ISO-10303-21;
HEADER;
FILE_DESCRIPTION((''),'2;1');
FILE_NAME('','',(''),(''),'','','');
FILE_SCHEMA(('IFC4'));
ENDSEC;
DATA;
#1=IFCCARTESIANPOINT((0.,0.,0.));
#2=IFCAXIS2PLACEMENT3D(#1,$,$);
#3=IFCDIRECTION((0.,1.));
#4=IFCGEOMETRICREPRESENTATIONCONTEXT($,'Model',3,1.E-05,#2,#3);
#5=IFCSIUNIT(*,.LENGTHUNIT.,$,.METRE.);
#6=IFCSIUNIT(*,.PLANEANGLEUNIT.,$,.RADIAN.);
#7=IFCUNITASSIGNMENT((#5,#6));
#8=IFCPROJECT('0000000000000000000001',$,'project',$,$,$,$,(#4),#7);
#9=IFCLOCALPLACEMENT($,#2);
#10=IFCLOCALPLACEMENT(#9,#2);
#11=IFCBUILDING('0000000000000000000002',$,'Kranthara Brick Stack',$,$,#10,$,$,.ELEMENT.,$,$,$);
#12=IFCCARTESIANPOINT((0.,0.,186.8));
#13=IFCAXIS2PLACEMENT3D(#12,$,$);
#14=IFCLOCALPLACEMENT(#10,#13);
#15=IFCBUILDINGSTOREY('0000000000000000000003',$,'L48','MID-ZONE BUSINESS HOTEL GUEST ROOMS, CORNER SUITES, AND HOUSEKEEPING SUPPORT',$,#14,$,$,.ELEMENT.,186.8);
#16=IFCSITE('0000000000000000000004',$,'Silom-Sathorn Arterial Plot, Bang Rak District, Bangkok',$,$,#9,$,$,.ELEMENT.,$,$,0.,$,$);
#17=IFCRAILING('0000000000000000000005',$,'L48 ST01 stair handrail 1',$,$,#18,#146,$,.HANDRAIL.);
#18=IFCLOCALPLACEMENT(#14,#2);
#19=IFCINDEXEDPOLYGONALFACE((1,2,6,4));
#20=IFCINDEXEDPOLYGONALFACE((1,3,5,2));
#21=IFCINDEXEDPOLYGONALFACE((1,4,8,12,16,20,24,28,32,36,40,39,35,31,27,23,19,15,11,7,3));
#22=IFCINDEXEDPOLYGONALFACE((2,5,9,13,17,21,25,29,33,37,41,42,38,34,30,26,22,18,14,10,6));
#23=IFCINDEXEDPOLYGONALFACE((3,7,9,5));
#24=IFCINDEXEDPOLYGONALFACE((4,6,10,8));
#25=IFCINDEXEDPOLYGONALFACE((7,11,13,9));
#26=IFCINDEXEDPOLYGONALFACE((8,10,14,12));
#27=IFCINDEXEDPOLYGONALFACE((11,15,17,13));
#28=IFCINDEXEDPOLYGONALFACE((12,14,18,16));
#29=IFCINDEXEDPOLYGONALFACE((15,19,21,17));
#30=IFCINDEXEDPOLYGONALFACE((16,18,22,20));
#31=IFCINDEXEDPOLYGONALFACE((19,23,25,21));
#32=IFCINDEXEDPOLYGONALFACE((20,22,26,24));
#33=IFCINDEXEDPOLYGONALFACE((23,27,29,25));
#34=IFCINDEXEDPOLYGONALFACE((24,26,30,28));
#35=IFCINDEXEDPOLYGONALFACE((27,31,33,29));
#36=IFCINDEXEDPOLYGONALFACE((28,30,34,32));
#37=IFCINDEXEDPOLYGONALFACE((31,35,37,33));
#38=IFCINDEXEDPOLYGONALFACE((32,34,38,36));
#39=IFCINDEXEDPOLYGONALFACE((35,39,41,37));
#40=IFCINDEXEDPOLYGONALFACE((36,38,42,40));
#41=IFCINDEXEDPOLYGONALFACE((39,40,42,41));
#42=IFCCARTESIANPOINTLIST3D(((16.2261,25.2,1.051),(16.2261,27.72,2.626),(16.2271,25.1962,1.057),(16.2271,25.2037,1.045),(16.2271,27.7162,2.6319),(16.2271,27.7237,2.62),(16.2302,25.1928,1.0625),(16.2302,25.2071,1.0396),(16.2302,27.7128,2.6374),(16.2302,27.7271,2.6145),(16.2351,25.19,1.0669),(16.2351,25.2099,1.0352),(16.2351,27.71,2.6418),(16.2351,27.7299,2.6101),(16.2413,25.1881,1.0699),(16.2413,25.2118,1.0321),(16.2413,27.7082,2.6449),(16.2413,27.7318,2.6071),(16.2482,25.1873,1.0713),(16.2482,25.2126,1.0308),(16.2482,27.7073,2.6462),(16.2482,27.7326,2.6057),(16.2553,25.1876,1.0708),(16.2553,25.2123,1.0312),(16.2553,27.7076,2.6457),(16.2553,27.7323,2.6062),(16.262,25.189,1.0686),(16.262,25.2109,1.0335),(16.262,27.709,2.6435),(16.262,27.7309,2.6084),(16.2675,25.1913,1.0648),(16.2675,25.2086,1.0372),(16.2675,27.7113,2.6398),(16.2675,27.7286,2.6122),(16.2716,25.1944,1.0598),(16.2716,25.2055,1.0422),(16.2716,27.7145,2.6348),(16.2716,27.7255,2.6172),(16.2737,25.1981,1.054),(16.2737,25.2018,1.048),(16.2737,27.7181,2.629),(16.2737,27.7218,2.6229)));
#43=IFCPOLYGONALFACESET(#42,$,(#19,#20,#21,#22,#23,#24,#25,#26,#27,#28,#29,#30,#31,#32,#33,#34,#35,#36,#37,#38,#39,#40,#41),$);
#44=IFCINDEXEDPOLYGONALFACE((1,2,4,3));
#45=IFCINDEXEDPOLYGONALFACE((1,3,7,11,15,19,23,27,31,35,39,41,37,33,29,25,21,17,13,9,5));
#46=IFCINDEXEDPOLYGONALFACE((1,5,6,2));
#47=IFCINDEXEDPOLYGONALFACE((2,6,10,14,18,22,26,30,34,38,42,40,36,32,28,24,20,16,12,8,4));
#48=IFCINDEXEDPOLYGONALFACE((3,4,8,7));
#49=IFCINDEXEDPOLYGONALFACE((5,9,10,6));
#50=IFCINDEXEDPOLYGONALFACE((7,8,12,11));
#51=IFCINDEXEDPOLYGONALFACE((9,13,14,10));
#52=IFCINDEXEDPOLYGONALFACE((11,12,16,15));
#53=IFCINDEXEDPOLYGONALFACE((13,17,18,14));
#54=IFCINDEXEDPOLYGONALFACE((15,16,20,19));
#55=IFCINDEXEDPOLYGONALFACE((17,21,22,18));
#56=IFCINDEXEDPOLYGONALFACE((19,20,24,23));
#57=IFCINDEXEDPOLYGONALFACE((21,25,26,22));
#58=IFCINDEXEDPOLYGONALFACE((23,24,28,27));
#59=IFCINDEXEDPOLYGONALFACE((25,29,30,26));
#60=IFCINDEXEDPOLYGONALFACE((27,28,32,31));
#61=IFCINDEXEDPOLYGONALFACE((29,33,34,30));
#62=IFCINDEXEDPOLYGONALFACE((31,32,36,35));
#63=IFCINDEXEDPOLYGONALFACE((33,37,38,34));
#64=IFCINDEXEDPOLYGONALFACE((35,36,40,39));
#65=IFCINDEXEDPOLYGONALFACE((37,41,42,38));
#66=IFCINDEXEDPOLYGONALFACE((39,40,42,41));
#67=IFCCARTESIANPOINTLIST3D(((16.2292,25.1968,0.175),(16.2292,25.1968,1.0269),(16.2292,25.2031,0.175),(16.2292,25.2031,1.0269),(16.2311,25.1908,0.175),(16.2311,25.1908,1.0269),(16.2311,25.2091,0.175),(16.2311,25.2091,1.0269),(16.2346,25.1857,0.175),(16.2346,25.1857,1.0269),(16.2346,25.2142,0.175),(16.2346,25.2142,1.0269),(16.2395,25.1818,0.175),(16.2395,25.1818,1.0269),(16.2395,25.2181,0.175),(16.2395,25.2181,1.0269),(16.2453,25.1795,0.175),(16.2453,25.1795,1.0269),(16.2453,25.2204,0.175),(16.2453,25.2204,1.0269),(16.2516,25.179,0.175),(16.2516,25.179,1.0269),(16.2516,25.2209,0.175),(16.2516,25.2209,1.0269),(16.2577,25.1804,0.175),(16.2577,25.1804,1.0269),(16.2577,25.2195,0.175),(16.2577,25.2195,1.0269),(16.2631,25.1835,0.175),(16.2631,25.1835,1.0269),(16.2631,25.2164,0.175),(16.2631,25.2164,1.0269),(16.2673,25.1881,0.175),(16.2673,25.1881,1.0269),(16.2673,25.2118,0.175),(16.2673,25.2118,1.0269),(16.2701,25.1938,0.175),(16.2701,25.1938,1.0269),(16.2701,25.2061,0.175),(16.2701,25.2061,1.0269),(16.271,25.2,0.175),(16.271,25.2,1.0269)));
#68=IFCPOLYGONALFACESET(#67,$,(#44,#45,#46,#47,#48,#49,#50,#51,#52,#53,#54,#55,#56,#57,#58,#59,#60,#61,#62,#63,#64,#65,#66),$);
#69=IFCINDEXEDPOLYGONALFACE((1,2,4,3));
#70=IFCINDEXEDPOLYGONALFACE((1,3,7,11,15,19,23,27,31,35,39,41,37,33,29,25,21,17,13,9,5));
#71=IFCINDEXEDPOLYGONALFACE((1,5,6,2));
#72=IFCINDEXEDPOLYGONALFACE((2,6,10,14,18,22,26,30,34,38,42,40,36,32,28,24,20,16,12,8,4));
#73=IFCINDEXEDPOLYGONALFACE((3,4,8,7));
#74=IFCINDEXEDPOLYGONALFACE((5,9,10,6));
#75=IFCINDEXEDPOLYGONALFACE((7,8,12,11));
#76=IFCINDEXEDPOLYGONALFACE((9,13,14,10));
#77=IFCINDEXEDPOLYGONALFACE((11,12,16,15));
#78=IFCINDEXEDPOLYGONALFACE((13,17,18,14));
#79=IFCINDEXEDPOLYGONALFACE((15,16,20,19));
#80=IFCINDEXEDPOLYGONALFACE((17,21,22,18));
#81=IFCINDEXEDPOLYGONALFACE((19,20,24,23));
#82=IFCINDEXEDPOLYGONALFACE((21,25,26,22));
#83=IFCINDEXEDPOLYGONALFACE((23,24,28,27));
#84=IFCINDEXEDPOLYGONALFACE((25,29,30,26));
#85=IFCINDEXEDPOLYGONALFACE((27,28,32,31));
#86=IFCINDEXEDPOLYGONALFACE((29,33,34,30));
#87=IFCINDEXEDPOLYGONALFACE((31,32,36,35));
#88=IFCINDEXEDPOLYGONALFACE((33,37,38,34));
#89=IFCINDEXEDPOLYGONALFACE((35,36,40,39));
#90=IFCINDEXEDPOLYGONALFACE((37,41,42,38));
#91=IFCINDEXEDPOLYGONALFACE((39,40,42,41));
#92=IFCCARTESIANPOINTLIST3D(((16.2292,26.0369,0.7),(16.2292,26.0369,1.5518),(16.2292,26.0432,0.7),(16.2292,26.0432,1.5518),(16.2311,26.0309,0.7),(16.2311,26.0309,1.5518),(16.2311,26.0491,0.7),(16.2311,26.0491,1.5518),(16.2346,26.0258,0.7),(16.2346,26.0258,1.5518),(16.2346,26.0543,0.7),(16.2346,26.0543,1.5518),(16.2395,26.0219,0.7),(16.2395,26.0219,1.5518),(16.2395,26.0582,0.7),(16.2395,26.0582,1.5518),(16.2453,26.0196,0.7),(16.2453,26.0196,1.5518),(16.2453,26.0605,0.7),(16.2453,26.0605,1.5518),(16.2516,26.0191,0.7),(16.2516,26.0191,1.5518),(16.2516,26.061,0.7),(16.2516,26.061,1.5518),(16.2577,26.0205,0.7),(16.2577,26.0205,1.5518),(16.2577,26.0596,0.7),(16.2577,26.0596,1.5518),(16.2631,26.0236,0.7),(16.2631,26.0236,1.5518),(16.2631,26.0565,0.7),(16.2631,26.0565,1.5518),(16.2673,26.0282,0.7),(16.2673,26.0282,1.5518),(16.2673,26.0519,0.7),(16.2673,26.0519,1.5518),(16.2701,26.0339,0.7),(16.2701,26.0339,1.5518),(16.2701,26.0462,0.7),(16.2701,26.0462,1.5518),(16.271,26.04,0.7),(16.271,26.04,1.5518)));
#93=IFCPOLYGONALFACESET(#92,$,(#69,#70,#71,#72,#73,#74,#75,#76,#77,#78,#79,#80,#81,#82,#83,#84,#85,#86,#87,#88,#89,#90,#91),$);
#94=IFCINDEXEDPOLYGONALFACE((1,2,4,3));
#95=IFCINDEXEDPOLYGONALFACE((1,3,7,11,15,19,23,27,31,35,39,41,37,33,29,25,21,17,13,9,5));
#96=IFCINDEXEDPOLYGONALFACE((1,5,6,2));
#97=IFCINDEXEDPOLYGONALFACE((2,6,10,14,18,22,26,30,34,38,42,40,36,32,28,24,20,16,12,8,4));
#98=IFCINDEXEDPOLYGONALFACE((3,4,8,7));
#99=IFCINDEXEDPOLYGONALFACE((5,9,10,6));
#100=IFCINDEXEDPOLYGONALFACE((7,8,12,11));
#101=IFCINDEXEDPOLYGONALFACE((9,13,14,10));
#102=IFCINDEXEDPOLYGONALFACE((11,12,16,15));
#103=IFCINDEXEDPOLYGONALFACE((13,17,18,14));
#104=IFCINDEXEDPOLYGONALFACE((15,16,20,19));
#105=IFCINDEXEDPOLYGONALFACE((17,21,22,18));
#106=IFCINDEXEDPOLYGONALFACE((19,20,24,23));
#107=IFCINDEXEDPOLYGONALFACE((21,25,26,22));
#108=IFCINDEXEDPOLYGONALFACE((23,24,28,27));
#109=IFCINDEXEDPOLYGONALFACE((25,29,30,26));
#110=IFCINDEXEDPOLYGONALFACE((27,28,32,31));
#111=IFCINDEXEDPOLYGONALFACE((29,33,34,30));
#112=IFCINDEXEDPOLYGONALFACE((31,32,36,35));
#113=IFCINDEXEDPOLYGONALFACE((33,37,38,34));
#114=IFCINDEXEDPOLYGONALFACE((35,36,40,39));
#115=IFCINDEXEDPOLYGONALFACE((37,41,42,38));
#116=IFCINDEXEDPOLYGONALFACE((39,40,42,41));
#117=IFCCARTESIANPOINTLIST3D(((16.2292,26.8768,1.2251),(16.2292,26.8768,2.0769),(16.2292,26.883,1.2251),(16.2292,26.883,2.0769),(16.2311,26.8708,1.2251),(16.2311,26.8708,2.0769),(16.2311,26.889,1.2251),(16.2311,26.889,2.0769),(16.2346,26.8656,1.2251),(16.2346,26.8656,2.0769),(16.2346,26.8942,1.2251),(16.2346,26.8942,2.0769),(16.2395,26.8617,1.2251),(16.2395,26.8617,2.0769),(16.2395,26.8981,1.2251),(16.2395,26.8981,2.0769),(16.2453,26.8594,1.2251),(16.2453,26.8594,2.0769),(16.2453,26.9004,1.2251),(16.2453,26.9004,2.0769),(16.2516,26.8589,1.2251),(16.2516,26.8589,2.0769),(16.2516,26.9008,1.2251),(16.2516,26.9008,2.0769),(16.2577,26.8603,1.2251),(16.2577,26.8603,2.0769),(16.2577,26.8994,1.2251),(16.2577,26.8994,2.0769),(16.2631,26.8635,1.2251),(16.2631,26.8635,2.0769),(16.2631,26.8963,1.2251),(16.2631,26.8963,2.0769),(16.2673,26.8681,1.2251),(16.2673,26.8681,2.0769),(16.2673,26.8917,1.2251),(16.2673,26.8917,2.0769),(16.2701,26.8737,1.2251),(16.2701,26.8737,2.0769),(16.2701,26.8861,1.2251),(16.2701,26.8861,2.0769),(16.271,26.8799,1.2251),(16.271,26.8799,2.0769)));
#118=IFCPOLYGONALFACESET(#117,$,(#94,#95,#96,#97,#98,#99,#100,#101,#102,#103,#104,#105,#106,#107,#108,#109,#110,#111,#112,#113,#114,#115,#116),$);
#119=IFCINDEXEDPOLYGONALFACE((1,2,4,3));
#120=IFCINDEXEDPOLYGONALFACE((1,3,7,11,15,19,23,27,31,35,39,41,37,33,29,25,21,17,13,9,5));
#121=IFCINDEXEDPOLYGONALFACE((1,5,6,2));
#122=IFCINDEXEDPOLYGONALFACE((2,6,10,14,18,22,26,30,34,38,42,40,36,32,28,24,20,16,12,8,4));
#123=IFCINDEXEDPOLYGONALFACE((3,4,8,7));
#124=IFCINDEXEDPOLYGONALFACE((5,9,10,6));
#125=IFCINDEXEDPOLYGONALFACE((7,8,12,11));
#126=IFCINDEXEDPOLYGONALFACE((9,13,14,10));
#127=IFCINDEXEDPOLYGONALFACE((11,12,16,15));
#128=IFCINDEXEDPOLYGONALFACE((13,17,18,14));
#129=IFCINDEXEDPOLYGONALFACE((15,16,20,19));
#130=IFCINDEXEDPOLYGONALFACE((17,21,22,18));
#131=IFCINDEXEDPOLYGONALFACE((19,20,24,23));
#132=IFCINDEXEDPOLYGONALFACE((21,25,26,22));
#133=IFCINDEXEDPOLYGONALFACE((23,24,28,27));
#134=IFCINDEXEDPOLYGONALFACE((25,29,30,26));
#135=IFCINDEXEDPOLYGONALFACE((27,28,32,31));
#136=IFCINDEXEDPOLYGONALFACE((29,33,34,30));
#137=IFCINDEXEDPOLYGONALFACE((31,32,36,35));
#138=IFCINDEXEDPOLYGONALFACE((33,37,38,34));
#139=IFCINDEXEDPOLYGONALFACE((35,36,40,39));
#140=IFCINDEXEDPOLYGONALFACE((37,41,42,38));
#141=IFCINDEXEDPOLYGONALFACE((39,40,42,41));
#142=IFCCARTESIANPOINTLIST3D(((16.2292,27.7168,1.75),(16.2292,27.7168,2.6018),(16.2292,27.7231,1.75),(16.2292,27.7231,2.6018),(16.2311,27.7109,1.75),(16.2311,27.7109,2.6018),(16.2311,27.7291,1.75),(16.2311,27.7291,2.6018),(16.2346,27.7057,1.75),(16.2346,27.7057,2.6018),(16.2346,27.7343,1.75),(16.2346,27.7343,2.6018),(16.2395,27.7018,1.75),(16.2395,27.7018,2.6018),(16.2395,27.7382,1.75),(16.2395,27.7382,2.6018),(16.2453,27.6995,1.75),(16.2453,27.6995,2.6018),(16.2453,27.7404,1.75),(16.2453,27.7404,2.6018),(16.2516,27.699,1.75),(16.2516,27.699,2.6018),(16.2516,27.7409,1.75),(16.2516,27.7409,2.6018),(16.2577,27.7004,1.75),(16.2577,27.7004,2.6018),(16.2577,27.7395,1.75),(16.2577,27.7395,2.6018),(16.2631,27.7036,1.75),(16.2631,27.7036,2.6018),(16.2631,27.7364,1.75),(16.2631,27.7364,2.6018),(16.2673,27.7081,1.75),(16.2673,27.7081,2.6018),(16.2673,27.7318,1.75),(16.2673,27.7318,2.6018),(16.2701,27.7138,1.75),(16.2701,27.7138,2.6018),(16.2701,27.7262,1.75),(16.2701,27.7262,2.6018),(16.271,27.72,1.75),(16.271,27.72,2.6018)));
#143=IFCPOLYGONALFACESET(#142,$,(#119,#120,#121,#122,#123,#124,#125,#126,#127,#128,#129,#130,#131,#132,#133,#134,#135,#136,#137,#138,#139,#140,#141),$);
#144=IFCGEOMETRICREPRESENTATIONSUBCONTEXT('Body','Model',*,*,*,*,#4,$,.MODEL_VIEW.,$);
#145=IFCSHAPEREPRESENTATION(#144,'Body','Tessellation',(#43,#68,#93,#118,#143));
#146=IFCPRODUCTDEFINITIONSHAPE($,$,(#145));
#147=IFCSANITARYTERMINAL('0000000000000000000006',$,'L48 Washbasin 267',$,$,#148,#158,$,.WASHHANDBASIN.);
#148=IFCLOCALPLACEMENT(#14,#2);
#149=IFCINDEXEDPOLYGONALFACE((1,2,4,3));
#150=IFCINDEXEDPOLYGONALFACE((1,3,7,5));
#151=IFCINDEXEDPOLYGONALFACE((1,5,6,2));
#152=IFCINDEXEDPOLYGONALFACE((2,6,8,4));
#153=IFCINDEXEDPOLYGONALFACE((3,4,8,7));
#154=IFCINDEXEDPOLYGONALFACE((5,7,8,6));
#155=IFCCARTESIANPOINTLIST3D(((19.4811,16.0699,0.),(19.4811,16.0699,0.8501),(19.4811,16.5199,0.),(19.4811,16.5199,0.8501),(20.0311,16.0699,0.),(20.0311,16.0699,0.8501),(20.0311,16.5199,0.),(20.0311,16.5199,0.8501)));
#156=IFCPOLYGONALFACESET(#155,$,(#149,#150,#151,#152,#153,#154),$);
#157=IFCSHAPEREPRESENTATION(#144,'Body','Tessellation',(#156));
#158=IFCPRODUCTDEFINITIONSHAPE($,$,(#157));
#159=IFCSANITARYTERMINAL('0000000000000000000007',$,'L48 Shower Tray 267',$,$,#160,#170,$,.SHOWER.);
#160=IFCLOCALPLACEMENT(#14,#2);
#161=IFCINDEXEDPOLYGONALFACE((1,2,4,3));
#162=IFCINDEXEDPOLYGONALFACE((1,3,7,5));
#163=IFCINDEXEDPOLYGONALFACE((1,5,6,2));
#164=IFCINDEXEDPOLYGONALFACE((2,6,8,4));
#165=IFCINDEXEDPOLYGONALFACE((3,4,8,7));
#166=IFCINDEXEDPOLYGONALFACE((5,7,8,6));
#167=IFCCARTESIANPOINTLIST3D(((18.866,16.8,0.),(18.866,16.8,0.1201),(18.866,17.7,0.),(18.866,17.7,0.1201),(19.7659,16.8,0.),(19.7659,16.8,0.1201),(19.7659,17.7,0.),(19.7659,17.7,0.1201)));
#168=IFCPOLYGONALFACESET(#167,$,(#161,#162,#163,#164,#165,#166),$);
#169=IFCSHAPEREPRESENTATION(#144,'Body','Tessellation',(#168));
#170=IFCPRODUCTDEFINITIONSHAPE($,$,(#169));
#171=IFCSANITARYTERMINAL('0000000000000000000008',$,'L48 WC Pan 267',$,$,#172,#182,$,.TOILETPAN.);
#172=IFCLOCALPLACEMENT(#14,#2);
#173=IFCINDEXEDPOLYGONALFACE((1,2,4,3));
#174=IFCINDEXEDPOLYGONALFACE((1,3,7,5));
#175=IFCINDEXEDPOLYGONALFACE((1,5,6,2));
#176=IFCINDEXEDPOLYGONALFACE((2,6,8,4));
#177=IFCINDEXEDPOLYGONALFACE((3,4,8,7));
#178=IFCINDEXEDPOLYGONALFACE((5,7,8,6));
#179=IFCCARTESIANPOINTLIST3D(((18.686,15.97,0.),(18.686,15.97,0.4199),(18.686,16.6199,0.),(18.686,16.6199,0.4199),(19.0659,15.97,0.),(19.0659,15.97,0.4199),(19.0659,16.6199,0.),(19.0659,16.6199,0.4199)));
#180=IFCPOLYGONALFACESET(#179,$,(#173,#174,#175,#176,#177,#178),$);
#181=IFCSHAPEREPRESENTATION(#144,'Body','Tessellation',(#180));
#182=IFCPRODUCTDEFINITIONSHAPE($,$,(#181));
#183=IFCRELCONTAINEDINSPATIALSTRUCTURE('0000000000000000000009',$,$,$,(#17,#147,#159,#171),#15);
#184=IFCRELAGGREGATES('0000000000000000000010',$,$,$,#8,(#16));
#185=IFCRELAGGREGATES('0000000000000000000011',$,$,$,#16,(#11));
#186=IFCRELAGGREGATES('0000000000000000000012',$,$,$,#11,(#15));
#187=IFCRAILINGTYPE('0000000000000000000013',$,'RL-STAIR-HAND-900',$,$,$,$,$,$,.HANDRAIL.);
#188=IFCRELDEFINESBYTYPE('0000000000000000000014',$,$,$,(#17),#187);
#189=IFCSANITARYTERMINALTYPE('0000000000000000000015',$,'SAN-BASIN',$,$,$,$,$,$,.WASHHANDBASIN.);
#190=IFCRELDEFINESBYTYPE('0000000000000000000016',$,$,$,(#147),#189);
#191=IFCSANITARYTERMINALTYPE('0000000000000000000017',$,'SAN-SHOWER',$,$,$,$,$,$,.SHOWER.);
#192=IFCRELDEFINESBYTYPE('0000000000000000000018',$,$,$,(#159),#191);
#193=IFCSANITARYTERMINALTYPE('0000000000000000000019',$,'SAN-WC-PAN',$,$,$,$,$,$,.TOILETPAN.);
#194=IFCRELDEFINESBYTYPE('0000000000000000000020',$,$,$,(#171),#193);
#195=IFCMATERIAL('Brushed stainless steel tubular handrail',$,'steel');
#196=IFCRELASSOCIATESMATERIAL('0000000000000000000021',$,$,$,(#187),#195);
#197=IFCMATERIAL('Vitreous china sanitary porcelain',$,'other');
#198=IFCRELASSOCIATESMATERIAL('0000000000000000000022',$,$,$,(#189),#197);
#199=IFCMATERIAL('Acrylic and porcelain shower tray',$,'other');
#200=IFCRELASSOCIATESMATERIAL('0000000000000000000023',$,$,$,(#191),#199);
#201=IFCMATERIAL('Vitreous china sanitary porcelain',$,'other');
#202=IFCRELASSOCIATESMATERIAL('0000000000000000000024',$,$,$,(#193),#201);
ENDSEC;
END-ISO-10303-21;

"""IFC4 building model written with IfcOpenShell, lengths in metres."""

from ifc_helpers import new_model, si_unit, direction, frame, origin, origin_2d, place, context, subcontext, project, spatial, rectangle, circle, extrude, material, type_object, element, save


model = new_model("IFC4")

# Units and contexts
model_context = context("Model", 3, precision=1e-05, world=origin(), true_north=direction((0.0, 1.0)))
body_context = subcontext(model_context, "Body", "Model", "MODEL_VIEW")
ifc_project = project(units=[si_unit("LENGTHUNIT", "METRE"), si_unit("PLANEANGLEUNIT", "RADIAN")], contexts=[model_context])

# Site, building, storey
site_placement = place(None, origin())
site = spatial("IfcSite", under=ifc_project, at=site_placement, Name="Silom-Sathorn Arterial Plot, Bang Rak District, Bangkok", CompositionType="ELEMENT", RefElevation=0.0)
building_placement = place(site_placement, origin())
building = spatial("IfcBuilding", under=site, at=building_placement, Name="Kranthara Brick Stack", CompositionType="ELEMENT")
storey_placement = place(building_placement, frame((0.0, 0.0, 186.8)))
storey = spatial("IfcBuildingStorey", under=building, at=storey_placement, Name="L48", Description="MID-ZONE BUSINESS HOTEL GUEST ROOMS, CORNER SUITES, AND HOUSEKEEPING SUPPORT", CompositionType="ELEMENT", Elevation=186.8)

# Railing
ifc_material_1 = material(Name="Brushed stainless steel tubular handrail", Category="steel")
railing_type_1 = type_object("IfcRailingType", Name="RL-STAIR-HAND-900", PredefinedType="HANDRAIL", material=ifc_material_1)
railing_1_placement = place(storey_placement, frame((16.25, 25.2, 0.175)))
element("IfcRailing", 1, at=railing_1_placement, inside=storey, type_object=railing_type_1, Name="L48 ST01 stair handrail 1", PredefinedType="HANDRAIL", context=body_context, shape_type="SweptSolid", body=[
    extrude(circle(Radius=0.0239, at=origin_2d()), frame((0.0, 0.0, 0.876), z_axis=(0.0, 0.848008, 0.529984), x_axis=(-1.0, 0.0, 0.0)), (0.0, 0.0, 1.0), 2.9717),
    extrude(circle(Radius=0.021, at=origin_2d()), origin(), (0.0, 0.0, 1.0), 0.8518),
    extrude(circle(Radius=0.021, at=origin_2d()), frame((0.0, 0.8401, 0.5249)), (0.0, 0.0, 1.0), 0.8518),
    extrude(circle(Radius=0.021, at=origin_2d()), frame((0.0, 1.6799, 1.05)), (0.0, 0.0, 1.0), 0.8518),
    extrude(circle(Radius=0.021, at=origin_2d()), frame((0.0, 2.52, 1.575)), (0.0, 0.0, 1.0), 0.8518),
])

# Sanitary terminals
ifc_material_2 = material(Name="Vitreous china sanitary porcelain", Category="other")
sanitary_terminal_type_1 = type_object("IfcSanitaryTerminalType", Name="SAN-BASIN", PredefinedType="WASHHANDBASIN", material=ifc_material_2)
sanitary_terminal_1_placement = place(storey_placement, frame((19.7561, 16.2949, 0.0), z_axis=(0.0, 0.0, 1.0), x_axis=(1.0, 0.0, 0.0)))
element("IfcSanitaryTerminal", 2, at=sanitary_terminal_1_placement, inside=storey, type_object=sanitary_terminal_type_1, Name="L48 Washbasin 267", PredefinedType="WASHHANDBASIN", context=body_context, shape_type="SweptSolid", body=[
    extrude(rectangle(XDim=0.55, YDim=0.45, at=origin_2d()), origin(), (0.0, 0.0, 1.0), 0.8501),
])
ifc_material_3 = material(Name="Acrylic and porcelain shower tray", Category="other")
sanitary_terminal_type_2 = type_object("IfcSanitaryTerminalType", Name="SAN-SHOWER", PredefinedType="SHOWER", material=ifc_material_3)
sanitary_terminal_2_placement = place(storey_placement, frame((19.3159, 17.25, 0.0), z_axis=(0.0, 0.0, 1.0), x_axis=(1.0, 0.0, 0.0)))
element("IfcSanitaryTerminal", 3, at=sanitary_terminal_2_placement, inside=storey, type_object=sanitary_terminal_type_2, Name="L48 Shower Tray 267", PredefinedType="SHOWER", context=body_context, shape_type="SweptSolid", body=[
    extrude(rectangle(XDim=0.8999, YDim=0.8999, at=origin_2d()), origin(), (0.0, 0.0, 1.0), 0.1201),
])
ifc_material_4 = material(Name="Vitreous china sanitary porcelain", Category="other")
sanitary_terminal_type_3 = type_object("IfcSanitaryTerminalType", Name="SAN-WC-PAN", PredefinedType="TOILETPAN", material=ifc_material_4)
sanitary_terminal_3_placement = place(storey_placement, frame((18.876, 16.2949, 0.0), z_axis=(0.0, 0.0, 1.0), x_axis=(1.0, 0.0, 0.0)))
element("IfcSanitaryTerminal", 4, at=sanitary_terminal_3_placement, inside=storey, type_object=sanitary_terminal_type_3, Name="L48 WC Pan 267", PredefinedType="TOILETPAN", context=body_context, shape_type="SweptSolid", body=[
    extrude(rectangle(XDim=0.3799, YDim=0.6499, at=origin_2d()), origin(), (0.0, 0.0, 1.0), 0.4199),
])

save(model, "model.ifc")
